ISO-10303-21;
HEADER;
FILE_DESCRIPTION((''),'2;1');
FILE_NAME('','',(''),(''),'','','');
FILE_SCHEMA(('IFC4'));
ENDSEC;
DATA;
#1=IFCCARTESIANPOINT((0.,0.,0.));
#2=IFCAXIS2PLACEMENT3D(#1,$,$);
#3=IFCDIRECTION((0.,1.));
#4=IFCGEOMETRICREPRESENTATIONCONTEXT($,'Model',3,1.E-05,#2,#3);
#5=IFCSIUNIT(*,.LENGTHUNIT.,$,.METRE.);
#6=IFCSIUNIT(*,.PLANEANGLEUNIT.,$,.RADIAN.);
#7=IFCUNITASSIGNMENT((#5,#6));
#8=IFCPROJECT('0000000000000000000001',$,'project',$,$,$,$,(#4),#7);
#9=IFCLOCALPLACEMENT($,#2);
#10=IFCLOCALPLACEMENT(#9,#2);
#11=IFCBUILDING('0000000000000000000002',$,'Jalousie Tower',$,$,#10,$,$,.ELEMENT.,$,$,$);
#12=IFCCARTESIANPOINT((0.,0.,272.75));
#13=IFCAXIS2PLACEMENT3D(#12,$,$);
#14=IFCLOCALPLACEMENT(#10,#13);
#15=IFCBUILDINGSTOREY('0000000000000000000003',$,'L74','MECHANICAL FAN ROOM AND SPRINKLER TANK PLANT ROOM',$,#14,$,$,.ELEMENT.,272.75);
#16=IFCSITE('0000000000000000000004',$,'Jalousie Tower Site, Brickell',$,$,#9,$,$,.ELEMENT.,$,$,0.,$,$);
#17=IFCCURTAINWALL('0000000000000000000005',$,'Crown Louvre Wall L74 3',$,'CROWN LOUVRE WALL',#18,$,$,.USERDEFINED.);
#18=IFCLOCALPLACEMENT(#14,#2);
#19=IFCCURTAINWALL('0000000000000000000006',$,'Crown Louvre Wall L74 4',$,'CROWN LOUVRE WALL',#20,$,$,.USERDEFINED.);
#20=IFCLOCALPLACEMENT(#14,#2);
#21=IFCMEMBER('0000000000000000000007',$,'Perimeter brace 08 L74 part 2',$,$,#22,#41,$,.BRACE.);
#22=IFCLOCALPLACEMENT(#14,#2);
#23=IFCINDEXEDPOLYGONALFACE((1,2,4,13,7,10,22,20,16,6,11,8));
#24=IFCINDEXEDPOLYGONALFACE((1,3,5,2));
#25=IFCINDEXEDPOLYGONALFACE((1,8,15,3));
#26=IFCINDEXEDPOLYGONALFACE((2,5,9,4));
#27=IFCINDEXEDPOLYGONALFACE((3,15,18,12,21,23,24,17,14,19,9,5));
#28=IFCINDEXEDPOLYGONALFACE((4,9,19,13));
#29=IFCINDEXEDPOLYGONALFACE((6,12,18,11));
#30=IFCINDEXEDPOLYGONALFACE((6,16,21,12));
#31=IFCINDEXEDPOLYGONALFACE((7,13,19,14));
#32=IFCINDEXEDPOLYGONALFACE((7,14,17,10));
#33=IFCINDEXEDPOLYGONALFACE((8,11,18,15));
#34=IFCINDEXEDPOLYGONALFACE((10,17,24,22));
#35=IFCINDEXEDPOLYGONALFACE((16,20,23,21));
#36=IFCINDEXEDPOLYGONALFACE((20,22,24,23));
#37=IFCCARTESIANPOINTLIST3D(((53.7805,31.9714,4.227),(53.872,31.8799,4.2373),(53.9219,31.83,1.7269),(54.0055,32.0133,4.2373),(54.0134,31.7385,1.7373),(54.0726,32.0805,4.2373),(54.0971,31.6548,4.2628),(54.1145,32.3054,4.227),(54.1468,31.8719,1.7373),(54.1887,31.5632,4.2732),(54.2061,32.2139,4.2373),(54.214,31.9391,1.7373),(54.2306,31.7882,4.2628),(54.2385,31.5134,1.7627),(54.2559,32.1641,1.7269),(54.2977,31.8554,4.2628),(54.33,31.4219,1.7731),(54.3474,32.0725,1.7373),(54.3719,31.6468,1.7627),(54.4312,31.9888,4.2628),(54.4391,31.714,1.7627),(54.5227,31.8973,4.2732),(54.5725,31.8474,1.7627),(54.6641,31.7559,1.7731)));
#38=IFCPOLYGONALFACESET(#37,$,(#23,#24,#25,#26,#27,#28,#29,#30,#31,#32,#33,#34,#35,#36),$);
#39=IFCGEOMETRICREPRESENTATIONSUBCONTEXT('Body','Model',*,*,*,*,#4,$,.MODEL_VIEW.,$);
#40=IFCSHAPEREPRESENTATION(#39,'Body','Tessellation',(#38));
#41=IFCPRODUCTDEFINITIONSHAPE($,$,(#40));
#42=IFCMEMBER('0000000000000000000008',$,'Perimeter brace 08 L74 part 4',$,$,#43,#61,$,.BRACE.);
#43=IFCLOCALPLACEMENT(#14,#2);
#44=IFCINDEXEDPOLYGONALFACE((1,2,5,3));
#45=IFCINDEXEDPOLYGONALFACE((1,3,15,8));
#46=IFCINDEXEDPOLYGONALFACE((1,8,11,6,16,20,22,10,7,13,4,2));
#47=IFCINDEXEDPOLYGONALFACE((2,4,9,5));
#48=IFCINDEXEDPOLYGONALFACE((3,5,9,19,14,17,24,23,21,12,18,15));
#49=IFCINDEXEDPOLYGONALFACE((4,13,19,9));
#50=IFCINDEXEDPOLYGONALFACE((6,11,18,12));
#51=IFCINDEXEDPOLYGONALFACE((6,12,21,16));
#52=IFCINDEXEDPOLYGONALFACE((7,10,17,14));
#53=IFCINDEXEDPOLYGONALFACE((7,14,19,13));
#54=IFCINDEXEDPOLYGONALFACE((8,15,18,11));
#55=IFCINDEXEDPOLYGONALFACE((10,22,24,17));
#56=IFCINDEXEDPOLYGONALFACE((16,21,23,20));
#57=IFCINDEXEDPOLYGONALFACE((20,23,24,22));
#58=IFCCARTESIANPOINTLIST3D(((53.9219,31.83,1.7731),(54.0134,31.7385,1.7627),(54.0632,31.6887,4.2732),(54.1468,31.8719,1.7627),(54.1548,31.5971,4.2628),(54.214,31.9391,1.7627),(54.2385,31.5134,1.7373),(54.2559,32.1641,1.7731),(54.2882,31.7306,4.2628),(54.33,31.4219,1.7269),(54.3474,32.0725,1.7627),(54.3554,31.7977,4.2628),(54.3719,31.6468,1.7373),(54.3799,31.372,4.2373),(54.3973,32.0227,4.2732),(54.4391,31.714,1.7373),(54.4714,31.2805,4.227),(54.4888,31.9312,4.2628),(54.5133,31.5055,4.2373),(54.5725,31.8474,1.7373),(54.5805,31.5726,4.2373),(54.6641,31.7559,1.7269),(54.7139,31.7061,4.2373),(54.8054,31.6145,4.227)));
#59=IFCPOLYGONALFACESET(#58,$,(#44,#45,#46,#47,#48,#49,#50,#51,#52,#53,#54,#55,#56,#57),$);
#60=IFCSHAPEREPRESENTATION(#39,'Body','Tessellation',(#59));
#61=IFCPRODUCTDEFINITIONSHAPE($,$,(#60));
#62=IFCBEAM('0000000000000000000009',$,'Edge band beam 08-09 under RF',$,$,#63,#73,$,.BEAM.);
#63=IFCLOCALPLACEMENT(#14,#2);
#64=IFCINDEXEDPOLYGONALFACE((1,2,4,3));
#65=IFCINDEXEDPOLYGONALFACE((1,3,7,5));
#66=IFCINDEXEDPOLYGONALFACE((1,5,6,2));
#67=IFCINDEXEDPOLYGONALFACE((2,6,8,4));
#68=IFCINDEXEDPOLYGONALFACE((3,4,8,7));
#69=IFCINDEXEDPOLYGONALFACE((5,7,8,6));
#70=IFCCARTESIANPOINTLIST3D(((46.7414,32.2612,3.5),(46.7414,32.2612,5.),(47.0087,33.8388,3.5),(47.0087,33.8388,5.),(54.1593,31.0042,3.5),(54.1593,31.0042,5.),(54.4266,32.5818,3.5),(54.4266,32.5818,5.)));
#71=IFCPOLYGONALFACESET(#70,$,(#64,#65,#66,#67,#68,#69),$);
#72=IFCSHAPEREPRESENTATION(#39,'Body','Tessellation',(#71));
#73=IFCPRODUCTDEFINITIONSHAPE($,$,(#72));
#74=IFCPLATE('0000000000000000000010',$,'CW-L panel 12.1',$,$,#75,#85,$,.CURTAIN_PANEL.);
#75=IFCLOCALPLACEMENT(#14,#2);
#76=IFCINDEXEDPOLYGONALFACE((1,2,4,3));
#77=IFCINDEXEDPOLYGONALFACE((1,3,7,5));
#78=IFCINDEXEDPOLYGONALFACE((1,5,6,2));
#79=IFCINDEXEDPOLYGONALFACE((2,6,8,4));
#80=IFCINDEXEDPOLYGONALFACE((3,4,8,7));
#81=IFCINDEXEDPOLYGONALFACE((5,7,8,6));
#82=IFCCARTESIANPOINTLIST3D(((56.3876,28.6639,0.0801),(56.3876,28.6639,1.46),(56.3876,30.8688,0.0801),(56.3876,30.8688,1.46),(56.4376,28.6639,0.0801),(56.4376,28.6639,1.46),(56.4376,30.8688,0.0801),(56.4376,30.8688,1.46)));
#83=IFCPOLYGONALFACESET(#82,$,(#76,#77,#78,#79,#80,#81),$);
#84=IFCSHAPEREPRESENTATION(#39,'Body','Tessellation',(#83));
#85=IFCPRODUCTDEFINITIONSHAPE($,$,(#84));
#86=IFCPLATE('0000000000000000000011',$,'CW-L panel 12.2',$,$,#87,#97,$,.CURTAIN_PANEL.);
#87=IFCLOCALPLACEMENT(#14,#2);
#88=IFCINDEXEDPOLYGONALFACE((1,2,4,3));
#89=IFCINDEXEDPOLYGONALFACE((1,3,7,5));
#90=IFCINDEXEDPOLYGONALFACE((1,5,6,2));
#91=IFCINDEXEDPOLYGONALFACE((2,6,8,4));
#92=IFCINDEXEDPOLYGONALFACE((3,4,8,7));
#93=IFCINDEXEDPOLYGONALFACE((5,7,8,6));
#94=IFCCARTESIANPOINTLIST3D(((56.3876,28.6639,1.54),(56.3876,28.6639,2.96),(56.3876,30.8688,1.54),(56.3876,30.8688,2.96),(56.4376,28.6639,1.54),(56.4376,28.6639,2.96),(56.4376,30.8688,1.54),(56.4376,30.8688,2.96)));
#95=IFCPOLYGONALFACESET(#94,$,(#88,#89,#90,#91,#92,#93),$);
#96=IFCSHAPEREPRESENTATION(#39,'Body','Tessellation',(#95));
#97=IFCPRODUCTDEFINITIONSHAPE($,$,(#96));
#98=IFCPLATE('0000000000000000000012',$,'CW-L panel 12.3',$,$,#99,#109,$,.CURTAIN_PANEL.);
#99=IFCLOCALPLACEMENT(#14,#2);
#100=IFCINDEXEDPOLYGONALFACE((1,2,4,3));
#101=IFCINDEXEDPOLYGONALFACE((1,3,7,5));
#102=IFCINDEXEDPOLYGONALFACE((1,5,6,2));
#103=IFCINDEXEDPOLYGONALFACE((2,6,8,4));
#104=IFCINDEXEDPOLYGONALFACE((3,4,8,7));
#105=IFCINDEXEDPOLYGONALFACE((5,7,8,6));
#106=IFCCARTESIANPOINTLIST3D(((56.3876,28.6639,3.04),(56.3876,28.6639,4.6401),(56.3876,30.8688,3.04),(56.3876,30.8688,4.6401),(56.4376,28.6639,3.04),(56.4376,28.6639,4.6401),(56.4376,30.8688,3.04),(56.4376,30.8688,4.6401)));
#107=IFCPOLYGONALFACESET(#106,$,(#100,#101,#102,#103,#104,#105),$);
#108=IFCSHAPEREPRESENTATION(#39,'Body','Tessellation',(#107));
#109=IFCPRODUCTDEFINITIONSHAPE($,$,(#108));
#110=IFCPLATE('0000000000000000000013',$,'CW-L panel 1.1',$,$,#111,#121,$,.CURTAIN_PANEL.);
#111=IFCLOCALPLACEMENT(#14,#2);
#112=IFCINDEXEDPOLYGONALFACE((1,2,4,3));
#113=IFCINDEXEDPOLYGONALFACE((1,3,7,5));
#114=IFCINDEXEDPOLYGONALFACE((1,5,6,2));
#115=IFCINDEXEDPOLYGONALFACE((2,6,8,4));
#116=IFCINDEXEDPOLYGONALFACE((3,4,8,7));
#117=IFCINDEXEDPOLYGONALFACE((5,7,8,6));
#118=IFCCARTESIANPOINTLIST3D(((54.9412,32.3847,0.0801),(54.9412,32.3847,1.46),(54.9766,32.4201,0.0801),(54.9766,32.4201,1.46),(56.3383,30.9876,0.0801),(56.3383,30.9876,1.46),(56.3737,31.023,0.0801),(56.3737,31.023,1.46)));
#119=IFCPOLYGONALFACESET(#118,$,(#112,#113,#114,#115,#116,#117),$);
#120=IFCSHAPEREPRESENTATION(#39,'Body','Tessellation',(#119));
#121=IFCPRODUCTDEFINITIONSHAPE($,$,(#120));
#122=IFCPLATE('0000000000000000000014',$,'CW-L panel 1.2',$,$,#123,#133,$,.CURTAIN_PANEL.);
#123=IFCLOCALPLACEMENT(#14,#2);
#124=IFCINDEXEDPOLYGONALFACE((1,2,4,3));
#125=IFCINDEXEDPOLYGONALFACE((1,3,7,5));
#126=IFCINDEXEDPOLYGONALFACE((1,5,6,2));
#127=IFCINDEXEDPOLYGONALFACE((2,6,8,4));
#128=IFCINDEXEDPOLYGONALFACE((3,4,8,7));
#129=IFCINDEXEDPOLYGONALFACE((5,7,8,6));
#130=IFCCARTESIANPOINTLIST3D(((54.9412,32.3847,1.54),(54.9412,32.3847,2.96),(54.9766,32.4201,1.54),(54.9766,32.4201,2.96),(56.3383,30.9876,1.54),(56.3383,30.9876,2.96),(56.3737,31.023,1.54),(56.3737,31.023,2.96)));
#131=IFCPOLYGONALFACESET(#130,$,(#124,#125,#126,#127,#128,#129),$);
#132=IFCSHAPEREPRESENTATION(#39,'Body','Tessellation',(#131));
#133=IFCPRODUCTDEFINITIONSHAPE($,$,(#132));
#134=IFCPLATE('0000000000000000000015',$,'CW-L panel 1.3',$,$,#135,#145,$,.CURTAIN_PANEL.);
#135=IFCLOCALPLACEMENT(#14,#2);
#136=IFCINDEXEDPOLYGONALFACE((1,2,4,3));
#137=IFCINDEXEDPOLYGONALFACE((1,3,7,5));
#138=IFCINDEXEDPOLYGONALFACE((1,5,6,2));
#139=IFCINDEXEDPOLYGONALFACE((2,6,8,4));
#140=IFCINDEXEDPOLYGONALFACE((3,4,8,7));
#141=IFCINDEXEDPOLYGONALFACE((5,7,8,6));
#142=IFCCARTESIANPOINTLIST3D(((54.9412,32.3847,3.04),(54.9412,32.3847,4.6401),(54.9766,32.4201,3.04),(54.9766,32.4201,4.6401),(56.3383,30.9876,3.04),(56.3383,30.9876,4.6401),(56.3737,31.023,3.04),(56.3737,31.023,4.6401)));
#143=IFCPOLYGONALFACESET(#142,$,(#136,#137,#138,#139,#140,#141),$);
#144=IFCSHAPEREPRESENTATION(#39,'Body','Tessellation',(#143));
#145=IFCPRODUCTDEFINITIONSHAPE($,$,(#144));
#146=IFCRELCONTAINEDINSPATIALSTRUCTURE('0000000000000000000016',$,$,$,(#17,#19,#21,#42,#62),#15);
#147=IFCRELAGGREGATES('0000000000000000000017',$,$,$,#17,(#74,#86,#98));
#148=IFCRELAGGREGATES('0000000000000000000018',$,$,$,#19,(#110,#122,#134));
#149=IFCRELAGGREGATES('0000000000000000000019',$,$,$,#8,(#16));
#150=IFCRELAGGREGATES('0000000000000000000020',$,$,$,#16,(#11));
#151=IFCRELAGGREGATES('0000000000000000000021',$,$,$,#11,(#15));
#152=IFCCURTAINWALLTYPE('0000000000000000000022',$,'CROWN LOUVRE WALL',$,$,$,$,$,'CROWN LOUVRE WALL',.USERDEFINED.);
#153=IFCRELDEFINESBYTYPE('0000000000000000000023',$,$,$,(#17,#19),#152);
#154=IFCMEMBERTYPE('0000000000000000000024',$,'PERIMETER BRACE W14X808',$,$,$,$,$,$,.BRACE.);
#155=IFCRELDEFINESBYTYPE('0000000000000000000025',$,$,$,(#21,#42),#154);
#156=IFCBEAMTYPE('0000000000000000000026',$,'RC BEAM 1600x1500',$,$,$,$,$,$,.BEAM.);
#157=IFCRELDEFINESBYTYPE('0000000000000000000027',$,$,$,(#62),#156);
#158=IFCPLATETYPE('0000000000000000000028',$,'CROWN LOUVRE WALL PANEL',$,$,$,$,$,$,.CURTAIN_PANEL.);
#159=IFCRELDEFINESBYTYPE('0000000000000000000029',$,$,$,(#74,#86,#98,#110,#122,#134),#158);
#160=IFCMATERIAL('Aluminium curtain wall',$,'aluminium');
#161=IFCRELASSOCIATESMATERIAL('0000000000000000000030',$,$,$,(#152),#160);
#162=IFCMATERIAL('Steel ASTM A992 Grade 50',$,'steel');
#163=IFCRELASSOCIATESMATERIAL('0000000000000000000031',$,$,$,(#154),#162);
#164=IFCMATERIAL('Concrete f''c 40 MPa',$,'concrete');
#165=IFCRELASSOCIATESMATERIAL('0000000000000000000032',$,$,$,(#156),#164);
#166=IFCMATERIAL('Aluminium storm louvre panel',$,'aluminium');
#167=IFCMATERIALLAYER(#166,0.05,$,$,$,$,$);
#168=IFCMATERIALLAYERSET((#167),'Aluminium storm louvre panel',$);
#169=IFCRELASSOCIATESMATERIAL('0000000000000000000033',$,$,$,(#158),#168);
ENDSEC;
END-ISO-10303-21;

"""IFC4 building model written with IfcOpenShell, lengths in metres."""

from ifc_helpers import new_model, si_unit, direction, frame, origin, origin_2d, place, context, subcontext, project, spatial, rectangle, i_section, extrude, material, layer, layer_set, material_profile, profile_set, type_object, element, aggregate, save


model = new_model("IFC4")

# Units and contexts
model_context = context("Model", 3, precision=1e-05, world=origin(), true_north=direction((0.0, 1.0)))
body_context = subcontext(model_context, "Body", "Model", "MODEL_VIEW")
ifc_project = project(units=[si_unit("LENGTHUNIT", "METRE"), si_unit("PLANEANGLEUNIT", "RADIAN")], contexts=[model_context])

# Site, building, storey
site_placement = place(None, origin())
site = spatial("IfcSite", under=ifc_project, at=site_placement, Name="Jalousie Tower Site, Brickell", CompositionType="ELEMENT", RefElevation=0.0)
building_placement = place(site_placement, origin())
building = spatial("IfcBuilding", under=site, at=building_placement, Name="Jalousie Tower", CompositionType="ELEMENT")
storey_placement = place(building_placement, frame((0.0, 0.0, 272.75)))
storey = spatial("IfcBuildingStorey", under=building, at=storey_placement, Name="L74", Description="MECHANICAL FAN ROOM AND SPRINKLER TANK PLANT ROOM", CompositionType="ELEMENT", Elevation=272.75)

# Curtain wall
ifc_material_1 = material(Name="Aluminium curtain wall", Category="aluminium")
curtain_wall_type = type_object("IfcCurtainWallType", Name="CROWN LOUVRE WALL", ElementType="CROWN LOUVRE WALL", PredefinedType="USERDEFINED", material=ifc_material_1)
curtain_wall_1_placement = place(storey_placement, origin())
curtain_wall_1 = element("IfcCurtainWall", 1, at=curtain_wall_1_placement, inside=storey, type_object=curtain_wall_type, Name="Crown Louvre Wall L74 3", ObjectType="CROWN LOUVRE WALL", PredefinedType="USERDEFINED")

# Curtain wall
curtain_wall_2_placement = place(storey_placement, origin())
curtain_wall_2 = element("IfcCurtainWall", 2, at=curtain_wall_2_placement, inside=storey, type_object=curtain_wall_type, Name="Crown Louvre Wall L74 4", ObjectType="CROWN LOUVRE WALL", PredefinedType="USERDEFINED")

# Members
ifc_material_2 = material(Name="Steel ASTM A992 Grade 50", Category="steel")
ifc_material_profile_1 = material_profile(ifc_material_2, i_section(OverallWidth=0.4724, OverallDepth=0.5791, WebThickness=0.095, FlangeThickness=0.1299, at=origin_2d()), Name="W14X808")
ifc_profile_set_1 = profile_set([ifc_material_profile_1], Name="Steel ASTM A992 Grade 50")
member_type_1 = type_object("IfcMemberType", Name="PERIMETER BRACE W14X808", PredefinedType="BRACE", material=ifc_profile_set_1)
for number, where, z_axis, x_axis, name in (
    (3, (54.293, 31.793, 1.75), (-0.056363, 0.056363, 0.996818), (-0.707107, -0.707107, 0.0), "Perimeter brace 08 L74 part 2"),
    (4, (54.293, 31.793, 1.75), (0.056363, -0.056363, 0.996818), (0.707107, 0.707107, 0.0), "Perimeter brace 08 L74 part 4"),
):
    element("IfcMember", number, at=place(storey_placement, frame(where, z_axis=z_axis, x_axis=x_axis)), inside=storey, type_object=member_type_1, Name=name, PredefinedType="BRACE", context=body_context, shape_type="SweptSolid", body=[
        extrude(i_section(OverallWidth=0.4724, OverallDepth=0.5791, WebThickness=0.095, FlangeThickness=0.1299, at=origin_2d()), origin(), (0.0, 0.0, 1.0), 2.5081),
    ])

# Beam
ifc_material_3 = material(Name="Concrete f'c 40 MPa", Category="concrete")
ifc_material_profile_2 = material_profile(ifc_material_3, rectangle(XDim=1.6001, YDim=1.5, at=origin_2d()), Name="RC 1600x1500")
ifc_profile_set_2 = profile_set([ifc_material_profile_2], Name="Concrete f'c 40 MPa")
beam_type = type_object("IfcBeamType", Name="RC BEAM 1600x1500", PredefinedType="BEAM", material=ifc_profile_set_2)
beam_placement = place(storey_placement, frame((54.293, 31.793, 4.25), z_axis=(-0.985943, 0.167082, 0.0), x_axis=(-0.167082, -0.985943, 0.0)))
element("IfcBeam", 5, at=beam_placement, inside=storey, type_object=beam_type, Name="Edge band beam 08-09 under RF", PredefinedType="BEAM", context=body_context, shape_type="SweptSolid", body=[
    extrude(rectangle(XDim=1.6001, YDim=1.5, at=origin_2d()), origin(), (0.0, 0.0, 1.0), 7.5237),
])

# Plates
ifc_material_4 = material(Name="Aluminium storm louvre panel", Category="aluminium")
ifc_layer = layer(ifc_material_4, 0.05)
ifc_layer_set = layer_set([ifc_layer], Name="Aluminium storm louvre panel")
plate_type = type_object("IfcPlateType", Name="CROWN LOUVRE WALL PANEL", PredefinedType="CURTAIN_PANEL", material=ifc_layer_set)
plate_1_placement = place(storey_placement, frame((56.4126, 29.7664, 0.0801), z_axis=(0.0, 0.0, 1.0), x_axis=(0.0, 1.0, 0.0)))
plate_1 = element("IfcPlate", 6, at=plate_1_placement, type_object=plate_type, Name="CW-L panel 12.1", PredefinedType="CURTAIN_PANEL", context=body_context, shape_type="SweptSolid", body=[
    extrude(rectangle(XDim=2.2048, YDim=0.05, at=origin_2d()), origin(), (0.0, 0.0, 1.0), 1.3799),
])
plate_2_placement = place(storey_placement, frame((56.4126, 29.7664, 1.54), z_axis=(0.0, 0.0, 1.0), x_axis=(0.0, 1.0, 0.0)))
plate_2 = element("IfcPlate", 7, at=plate_2_placement, type_object=plate_type, Name="CW-L panel 12.2", PredefinedType="CURTAIN_PANEL", context=body_context, shape_type="SweptSolid", body=[
    extrude(rectangle(XDim=2.2048, YDim=0.05, at=origin_2d()), origin(), (0.0, 0.0, 1.0), 1.4199),
])
plate_3_placement = place(storey_placement, frame((56.4126, 29.7664, 3.04), z_axis=(0.0, 0.0, 1.0), x_axis=(0.0, 1.0, 0.0)))
plate_3 = element("IfcPlate", 8, at=plate_3_placement, type_object=plate_type, Name="CW-L panel 12.3", PredefinedType="CURTAIN_PANEL", context=body_context, shape_type="SweptSolid", body=[
    extrude(rectangle(XDim=2.2048, YDim=0.05, at=origin_2d()), origin(), (0.0, 0.0, 1.0), 1.6001),
])
aggregate(curtain_wall_1, [plate_1, plate_2, plate_3])
plate_4_placement = place(storey_placement, frame((55.6575, 31.7039, 0.0801), z_axis=(0.0, 0.0, 1.0), x_axis=(-0.707107, 0.707107, 0.0)))
plate_4 = element("IfcPlate", 9, at=plate_4_placement, type_object=plate_type, Name="CW-L panel 1.1", PredefinedType="CURTAIN_PANEL", context=body_context, shape_type="SweptSolid", body=[
    extrude(rectangle(XDim=1.9758, YDim=0.05, at=origin_2d()), origin(), (0.0, 0.0, 1.0), 1.3799),
])
plate_5_placement = place(storey_placement, frame((55.6575, 31.7039, 1.54), z_axis=(0.0, 0.0, 1.0), x_axis=(-0.707107, 0.707107, 0.0)))
plate_5 = element("IfcPlate", 10, at=plate_5_placement, type_object=plate_type, Name="CW-L panel 1.2", PredefinedType="CURTAIN_PANEL", context=body_context, shape_type="SweptSolid", body=[
    extrude(rectangle(XDim=1.9758, YDim=0.05, at=origin_2d()), origin(), (0.0, 0.0, 1.0), 1.4199),
])
plate_6_placement = place(storey_placement, frame((55.6575, 31.7039, 3.04), z_axis=(0.0, 0.0, 1.0), x_axis=(-0.707107, 0.707107, 0.0)))
plate_6 = element("IfcPlate", 11, at=plate_6_placement, type_object=plate_type, Name="CW-L panel 1.3", PredefinedType="CURTAIN_PANEL", context=body_context, shape_type="SweptSolid", body=[
    extrude(rectangle(XDim=1.9758, YDim=0.05, at=origin_2d()), origin(), (0.0, 0.0, 1.0), 1.6001),
])
aggregate(curtain_wall_2, [plate_4, plate_5, plate_6])

save(model, "model.ifc")
